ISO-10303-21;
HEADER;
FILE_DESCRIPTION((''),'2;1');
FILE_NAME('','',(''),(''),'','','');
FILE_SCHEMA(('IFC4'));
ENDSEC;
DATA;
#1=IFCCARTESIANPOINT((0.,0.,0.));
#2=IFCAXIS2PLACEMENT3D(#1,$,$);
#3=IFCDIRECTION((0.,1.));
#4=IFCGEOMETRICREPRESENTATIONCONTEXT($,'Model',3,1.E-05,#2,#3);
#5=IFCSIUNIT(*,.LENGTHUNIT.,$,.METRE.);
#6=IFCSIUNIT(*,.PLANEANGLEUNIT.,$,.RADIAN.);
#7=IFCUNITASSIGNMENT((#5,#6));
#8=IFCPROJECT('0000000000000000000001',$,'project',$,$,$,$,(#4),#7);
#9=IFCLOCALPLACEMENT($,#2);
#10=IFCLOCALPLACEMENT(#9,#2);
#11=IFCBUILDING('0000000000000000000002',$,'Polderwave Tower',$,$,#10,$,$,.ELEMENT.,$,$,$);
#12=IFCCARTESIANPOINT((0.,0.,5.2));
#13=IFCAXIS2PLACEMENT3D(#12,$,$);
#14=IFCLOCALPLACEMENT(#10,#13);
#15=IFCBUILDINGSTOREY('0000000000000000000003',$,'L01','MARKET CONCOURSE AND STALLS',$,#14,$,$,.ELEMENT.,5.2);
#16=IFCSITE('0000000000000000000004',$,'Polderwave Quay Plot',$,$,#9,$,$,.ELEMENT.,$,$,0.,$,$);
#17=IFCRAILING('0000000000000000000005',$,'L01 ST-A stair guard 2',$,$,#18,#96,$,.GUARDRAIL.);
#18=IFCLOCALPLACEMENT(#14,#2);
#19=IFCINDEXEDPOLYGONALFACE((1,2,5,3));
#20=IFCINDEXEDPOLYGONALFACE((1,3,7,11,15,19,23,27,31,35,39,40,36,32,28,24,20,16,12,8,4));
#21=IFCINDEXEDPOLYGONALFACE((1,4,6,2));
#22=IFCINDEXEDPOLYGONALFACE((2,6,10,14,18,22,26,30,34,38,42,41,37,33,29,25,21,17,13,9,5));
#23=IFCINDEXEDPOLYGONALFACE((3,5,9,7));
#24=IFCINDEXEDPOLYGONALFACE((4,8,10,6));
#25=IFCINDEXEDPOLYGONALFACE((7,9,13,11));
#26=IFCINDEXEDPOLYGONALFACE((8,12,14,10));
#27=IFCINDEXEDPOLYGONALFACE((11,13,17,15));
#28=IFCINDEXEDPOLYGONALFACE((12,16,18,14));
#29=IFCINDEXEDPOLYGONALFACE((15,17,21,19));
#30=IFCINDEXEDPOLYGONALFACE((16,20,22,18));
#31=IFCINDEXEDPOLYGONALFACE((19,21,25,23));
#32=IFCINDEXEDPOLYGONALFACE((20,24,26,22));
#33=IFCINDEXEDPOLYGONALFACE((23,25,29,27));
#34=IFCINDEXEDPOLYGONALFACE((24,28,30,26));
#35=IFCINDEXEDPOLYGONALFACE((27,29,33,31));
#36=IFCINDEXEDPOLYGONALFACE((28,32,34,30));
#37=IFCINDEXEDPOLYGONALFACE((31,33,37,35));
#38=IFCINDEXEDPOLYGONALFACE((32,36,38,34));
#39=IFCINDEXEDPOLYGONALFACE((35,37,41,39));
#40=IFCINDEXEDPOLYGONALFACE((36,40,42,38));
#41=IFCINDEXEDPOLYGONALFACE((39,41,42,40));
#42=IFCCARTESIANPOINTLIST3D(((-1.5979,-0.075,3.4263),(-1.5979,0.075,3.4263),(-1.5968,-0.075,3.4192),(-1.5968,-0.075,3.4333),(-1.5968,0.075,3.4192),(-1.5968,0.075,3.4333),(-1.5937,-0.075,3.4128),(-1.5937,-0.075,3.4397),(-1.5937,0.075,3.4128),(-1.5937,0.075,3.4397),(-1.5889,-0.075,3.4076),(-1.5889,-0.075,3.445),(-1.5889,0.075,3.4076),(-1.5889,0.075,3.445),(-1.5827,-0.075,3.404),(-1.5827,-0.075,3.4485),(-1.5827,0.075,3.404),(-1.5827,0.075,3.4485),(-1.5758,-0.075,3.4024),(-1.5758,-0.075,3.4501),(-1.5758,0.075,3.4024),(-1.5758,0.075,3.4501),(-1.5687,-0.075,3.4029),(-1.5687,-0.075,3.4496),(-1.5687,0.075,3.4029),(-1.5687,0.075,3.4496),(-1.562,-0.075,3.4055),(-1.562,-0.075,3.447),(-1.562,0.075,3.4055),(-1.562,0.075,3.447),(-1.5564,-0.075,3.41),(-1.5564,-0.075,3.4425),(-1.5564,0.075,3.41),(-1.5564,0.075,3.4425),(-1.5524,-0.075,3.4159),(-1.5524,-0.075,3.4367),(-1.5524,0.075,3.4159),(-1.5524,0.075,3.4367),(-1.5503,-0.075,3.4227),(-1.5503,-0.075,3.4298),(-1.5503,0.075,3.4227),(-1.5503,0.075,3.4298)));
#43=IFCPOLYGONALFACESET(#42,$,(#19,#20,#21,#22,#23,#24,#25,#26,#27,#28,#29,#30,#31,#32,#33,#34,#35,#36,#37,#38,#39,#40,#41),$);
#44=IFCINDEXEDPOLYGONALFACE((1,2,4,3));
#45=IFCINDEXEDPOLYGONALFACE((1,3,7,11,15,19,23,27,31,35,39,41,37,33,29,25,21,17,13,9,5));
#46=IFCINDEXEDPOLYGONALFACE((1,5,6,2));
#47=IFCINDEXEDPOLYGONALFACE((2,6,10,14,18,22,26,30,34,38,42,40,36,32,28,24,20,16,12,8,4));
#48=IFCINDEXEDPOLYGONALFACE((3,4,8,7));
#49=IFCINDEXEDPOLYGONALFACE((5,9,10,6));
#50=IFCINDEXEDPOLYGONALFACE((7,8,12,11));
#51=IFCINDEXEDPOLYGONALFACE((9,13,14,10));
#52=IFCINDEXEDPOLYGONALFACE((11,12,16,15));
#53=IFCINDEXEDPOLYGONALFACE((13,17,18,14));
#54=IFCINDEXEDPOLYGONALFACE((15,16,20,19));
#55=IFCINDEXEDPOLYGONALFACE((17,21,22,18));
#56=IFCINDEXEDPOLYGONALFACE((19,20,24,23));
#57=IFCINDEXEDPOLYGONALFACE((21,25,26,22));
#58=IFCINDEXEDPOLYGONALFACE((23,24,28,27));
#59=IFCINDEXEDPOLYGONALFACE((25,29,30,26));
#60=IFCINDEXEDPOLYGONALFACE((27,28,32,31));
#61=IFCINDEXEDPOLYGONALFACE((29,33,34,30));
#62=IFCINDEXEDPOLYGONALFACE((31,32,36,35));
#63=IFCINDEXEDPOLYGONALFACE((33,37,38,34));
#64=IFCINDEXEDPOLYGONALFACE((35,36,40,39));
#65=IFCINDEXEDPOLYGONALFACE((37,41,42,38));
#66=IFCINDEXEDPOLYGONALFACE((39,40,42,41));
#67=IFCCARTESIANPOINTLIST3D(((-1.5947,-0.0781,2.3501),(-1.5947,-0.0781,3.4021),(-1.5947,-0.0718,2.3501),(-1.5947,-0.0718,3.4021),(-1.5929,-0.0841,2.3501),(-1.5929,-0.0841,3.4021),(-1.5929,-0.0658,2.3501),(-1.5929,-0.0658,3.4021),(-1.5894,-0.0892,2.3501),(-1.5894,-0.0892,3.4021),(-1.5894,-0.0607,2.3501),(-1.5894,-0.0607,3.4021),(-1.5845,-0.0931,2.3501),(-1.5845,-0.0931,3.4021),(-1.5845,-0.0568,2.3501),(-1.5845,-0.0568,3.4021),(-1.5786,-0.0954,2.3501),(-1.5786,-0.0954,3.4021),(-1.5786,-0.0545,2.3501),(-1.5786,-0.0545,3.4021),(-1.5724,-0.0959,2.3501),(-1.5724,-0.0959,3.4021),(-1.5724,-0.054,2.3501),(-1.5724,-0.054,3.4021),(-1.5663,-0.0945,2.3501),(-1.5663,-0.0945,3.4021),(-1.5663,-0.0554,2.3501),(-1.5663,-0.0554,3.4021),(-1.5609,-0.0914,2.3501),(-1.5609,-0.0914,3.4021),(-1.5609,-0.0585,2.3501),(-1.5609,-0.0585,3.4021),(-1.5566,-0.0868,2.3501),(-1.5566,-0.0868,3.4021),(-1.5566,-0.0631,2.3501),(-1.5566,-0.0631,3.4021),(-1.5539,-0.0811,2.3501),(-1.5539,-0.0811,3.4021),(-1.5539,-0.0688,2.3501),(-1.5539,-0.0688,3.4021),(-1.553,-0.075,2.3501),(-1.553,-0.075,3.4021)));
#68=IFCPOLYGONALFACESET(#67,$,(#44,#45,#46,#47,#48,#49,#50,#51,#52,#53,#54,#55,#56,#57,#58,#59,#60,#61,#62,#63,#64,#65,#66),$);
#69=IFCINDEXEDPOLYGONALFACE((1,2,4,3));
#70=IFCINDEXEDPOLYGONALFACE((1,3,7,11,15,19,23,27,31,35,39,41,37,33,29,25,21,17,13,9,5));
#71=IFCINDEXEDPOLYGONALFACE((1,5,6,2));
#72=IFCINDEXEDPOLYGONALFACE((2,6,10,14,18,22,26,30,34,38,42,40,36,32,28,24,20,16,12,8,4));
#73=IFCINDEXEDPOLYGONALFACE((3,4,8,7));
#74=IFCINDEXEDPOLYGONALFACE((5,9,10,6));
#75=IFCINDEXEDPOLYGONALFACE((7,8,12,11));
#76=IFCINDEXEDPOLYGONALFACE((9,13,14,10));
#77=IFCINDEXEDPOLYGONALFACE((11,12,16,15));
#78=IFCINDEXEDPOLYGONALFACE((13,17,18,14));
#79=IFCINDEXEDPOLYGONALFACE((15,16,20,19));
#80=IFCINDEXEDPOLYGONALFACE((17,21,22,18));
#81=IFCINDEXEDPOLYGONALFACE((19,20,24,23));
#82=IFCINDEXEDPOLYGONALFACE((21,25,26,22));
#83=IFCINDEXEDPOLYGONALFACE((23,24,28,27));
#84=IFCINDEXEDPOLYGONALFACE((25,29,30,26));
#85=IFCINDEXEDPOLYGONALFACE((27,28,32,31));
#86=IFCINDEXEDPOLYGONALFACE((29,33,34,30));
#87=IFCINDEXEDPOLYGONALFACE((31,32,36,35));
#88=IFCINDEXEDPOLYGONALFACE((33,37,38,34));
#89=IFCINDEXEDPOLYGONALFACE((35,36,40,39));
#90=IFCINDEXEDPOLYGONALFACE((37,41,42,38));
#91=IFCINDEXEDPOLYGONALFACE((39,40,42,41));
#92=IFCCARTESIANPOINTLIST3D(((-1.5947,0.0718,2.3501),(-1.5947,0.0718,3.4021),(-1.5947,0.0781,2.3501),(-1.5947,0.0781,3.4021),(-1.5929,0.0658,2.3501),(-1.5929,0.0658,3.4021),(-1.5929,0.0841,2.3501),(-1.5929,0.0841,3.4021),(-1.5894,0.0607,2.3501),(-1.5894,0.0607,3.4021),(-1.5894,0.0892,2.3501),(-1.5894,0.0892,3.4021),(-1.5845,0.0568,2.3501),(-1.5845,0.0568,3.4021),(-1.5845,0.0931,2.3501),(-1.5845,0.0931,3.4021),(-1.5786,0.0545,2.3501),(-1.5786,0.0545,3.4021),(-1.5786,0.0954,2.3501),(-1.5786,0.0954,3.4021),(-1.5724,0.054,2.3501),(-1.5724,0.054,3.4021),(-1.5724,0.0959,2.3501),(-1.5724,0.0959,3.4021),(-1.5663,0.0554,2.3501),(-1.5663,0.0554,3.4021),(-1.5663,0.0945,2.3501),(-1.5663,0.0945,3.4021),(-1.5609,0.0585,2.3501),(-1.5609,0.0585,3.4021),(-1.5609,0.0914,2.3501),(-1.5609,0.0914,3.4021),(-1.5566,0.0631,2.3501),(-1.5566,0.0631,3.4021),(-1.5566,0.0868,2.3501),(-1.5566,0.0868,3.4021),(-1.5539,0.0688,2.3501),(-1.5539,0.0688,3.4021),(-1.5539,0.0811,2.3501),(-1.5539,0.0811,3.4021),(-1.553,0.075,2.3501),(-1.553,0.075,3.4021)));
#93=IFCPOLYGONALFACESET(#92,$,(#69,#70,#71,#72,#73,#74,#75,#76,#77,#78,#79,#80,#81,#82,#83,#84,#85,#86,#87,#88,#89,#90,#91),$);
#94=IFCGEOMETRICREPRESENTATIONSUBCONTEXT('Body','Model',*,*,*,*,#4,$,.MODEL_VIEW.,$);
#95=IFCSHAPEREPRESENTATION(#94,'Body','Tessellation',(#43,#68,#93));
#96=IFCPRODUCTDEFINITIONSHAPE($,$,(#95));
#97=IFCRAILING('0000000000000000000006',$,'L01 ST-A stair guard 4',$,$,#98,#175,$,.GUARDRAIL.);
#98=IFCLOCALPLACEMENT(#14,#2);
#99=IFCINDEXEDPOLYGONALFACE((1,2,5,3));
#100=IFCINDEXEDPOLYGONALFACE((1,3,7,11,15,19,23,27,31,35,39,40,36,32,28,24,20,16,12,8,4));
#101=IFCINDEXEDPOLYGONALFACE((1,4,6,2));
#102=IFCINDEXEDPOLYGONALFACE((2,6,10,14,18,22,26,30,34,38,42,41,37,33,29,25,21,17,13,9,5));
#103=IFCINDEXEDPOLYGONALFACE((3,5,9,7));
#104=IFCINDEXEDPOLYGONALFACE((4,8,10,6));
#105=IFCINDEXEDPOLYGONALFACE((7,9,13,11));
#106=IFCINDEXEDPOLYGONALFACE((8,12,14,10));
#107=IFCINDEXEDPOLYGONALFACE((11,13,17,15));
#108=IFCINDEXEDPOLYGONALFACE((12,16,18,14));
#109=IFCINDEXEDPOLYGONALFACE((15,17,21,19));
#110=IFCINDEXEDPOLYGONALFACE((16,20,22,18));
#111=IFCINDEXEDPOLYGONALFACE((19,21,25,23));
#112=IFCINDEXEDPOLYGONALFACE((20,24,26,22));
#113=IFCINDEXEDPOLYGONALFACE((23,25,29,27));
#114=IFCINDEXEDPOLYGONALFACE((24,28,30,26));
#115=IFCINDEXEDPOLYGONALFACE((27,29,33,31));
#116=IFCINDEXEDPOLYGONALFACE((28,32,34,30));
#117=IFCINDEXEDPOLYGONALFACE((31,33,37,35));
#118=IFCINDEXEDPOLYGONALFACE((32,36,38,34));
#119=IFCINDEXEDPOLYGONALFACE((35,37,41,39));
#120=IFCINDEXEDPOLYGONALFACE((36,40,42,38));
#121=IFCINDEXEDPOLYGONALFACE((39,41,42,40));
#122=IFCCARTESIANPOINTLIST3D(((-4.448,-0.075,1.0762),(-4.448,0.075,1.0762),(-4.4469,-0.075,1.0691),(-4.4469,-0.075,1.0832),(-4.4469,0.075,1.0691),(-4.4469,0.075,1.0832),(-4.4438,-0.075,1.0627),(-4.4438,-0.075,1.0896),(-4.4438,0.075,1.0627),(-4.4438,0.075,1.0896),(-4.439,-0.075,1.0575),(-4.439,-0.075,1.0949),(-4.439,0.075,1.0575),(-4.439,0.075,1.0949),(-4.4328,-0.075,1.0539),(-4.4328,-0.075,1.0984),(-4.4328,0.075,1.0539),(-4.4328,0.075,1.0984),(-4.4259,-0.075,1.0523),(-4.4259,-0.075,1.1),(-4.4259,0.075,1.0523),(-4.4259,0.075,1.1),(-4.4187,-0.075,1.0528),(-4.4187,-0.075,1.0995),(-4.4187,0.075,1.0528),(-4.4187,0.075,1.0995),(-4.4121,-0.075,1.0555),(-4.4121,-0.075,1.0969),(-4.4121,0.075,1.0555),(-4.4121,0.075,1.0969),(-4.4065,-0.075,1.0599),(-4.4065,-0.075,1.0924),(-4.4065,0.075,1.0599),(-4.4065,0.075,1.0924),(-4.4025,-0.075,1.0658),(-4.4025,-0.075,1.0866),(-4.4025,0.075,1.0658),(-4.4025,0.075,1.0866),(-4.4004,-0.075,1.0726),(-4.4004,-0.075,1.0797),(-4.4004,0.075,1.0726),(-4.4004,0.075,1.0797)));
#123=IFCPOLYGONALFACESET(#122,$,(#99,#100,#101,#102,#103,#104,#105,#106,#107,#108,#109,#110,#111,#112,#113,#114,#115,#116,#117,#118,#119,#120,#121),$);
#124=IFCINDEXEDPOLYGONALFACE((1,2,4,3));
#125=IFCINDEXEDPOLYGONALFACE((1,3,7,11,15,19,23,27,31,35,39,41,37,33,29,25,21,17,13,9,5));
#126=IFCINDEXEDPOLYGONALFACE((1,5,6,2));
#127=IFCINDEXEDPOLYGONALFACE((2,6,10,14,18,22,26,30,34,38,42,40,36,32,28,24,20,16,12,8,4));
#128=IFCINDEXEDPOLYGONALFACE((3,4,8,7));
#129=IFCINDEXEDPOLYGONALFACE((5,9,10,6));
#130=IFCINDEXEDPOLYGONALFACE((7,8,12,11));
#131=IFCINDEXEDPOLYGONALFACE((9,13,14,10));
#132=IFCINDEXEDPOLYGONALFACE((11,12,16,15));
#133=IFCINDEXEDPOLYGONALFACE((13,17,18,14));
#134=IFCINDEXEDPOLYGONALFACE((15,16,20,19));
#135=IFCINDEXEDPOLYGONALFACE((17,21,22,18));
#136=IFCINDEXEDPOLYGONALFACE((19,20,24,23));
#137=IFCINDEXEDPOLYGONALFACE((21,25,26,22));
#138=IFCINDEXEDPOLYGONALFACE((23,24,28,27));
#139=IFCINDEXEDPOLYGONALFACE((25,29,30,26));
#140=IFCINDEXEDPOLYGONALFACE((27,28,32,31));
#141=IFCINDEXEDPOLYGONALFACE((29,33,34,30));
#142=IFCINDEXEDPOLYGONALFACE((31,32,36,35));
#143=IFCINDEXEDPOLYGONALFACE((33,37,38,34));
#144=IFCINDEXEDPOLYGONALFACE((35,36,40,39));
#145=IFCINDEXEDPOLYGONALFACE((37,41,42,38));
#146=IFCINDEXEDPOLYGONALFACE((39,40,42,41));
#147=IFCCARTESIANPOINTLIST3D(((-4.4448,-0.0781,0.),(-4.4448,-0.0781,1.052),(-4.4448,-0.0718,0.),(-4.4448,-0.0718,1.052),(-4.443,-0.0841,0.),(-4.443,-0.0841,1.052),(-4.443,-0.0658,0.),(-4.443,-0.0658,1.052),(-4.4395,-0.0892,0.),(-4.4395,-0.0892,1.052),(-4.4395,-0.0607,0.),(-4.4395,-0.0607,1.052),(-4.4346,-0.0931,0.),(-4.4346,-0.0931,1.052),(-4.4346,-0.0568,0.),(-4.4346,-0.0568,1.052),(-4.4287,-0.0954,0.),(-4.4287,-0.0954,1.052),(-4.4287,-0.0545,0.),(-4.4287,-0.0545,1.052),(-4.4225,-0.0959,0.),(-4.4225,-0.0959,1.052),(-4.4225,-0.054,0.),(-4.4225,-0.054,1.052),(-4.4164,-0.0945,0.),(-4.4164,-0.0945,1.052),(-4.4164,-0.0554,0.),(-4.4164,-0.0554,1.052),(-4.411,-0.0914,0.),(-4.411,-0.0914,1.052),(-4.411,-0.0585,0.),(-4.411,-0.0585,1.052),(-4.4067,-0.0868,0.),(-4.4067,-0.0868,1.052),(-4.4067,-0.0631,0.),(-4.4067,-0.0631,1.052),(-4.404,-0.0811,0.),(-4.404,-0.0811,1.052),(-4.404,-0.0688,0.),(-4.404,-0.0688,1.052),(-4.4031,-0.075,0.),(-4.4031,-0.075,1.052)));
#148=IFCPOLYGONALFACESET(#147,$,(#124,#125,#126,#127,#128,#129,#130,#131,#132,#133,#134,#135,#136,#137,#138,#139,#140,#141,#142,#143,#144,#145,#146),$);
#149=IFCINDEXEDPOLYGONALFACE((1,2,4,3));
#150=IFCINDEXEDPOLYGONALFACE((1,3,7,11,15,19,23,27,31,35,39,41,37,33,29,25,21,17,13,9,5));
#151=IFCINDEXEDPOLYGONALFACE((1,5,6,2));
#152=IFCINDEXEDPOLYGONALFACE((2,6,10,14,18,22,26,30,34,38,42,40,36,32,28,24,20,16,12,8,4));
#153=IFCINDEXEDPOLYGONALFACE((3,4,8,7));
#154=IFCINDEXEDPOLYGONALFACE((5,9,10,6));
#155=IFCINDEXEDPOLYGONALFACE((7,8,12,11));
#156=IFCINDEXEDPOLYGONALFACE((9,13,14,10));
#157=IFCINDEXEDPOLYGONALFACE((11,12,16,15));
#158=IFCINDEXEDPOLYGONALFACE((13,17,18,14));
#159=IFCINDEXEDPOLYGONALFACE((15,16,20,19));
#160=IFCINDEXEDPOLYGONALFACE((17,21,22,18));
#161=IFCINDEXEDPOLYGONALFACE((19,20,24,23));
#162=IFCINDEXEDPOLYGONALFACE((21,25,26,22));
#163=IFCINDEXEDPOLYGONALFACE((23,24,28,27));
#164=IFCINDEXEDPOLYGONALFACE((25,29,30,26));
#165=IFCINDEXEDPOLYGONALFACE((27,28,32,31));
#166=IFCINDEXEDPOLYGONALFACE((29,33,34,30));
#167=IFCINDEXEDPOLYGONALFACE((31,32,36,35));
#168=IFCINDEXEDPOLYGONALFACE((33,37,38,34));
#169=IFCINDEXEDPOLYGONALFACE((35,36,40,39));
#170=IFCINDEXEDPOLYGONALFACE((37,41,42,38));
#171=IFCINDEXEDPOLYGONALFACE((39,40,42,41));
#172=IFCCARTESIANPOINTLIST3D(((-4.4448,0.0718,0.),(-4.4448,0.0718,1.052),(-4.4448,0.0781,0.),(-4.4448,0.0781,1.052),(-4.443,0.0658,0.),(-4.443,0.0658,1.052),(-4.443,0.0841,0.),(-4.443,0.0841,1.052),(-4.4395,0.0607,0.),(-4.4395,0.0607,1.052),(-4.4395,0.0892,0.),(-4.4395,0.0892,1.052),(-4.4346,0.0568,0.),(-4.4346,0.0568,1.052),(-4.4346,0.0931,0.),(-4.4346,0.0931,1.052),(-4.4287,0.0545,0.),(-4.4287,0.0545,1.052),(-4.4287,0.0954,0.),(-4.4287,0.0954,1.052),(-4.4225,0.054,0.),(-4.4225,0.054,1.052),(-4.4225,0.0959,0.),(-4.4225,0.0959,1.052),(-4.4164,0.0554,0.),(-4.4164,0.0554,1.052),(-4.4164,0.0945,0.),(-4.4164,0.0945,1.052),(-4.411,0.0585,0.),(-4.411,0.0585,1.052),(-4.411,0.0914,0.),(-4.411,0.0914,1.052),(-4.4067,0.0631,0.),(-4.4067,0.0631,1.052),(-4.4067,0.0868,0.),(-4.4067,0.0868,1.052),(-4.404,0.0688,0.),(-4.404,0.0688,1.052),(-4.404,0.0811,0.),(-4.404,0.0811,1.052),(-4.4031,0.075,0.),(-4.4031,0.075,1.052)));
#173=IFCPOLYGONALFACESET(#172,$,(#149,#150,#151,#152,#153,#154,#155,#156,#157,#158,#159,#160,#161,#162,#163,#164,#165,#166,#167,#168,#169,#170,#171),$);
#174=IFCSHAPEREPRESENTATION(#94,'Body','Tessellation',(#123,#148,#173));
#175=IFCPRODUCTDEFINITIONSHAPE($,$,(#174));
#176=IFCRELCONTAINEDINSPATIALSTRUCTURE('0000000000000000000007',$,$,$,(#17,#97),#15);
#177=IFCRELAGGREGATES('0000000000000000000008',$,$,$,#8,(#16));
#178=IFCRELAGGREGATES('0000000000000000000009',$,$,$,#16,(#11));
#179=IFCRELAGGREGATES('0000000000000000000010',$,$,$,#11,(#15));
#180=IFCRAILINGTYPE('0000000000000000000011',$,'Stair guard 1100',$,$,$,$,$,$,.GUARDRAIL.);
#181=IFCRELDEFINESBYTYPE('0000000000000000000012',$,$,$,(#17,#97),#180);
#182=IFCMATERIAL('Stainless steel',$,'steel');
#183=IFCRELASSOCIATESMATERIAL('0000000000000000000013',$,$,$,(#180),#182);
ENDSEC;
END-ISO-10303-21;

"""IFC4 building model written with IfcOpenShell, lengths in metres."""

from ifc_helpers import new_model, si_unit, direction, frame, origin, origin_2d, place, context, subcontext, project, spatial, circle, extrude, material, type_object, element, save


model = new_model("IFC4")

# Units and contexts
model_context = context("Model", 3, precision=1e-05, world=origin(), true_north=direction((0.0, 1.0)))
body_context = subcontext(model_context, "Body", "Model", "MODEL_VIEW")
ifc_project = project(units=[si_unit("LENGTHUNIT", "METRE"), si_unit("PLANEANGLEUNIT", "RADIAN")], contexts=[model_context])

# Site, building, storey
site_placement = place(None, origin())
site = spatial("IfcSite", under=ifc_project, at=site_placement, Name="Polderwave Quay Plot", CompositionType="ELEMENT", RefElevation=0.0)
building_placement = place(site_placement, origin())
building = spatial("IfcBuilding", under=site, at=building_placement, Name="Polderwave Tower", CompositionType="ELEMENT")
storey_placement = place(building_placement, frame((0.0, 0.0, 5.2)))
storey = spatial("IfcBuildingStorey", under=building, at=storey_placement, Name="L01", Description="MARKET CONCOURSE AND STALLS", CompositionType="ELEMENT", Elevation=5.2)

# Railings
ifc_material_1 = material(Name="Stainless steel", Category="steel")
railing_type_1 = type_object("IfcRailingType", Name="Stair guard 1100", PredefinedType="GUARDRAIL", material=ifc_material_1)
for number, where, name in (
    (1, (-1.574, -0.075, 2.3501), "L01 ST-A stair guard 2"),
    (2, (-4.4241, -0.075, 0.0), "L01 ST-A stair guard 4"),
):
    element("IfcRailing", number, at=place(storey_placement, frame(where)), inside=storey, type_object=railing_type_1, Name=name, PredefinedType="GUARDRAIL", context=body_context, shape_type="SweptSolid", body=[
        extrude(circle(Radius=0.0239, at=origin_2d()), frame((0.0, 0.0, 1.0762), z_axis=(0.0, 1.0, 0.0), x_axis=(-1.0, 0.0, 0.0)), (0.0, 0.0, 1.0), 0.1499),
        extrude(circle(Radius=0.021, at=origin_2d()), origin(), (0.0, 0.0, 1.0), 1.052),
        extrude(circle(Radius=0.021, at=origin_2d()), frame((0.0, 0.1499, 0.0)), (0.0, 0.0, 1.0), 1.052),
    ])

save(model, "model.ifc")
